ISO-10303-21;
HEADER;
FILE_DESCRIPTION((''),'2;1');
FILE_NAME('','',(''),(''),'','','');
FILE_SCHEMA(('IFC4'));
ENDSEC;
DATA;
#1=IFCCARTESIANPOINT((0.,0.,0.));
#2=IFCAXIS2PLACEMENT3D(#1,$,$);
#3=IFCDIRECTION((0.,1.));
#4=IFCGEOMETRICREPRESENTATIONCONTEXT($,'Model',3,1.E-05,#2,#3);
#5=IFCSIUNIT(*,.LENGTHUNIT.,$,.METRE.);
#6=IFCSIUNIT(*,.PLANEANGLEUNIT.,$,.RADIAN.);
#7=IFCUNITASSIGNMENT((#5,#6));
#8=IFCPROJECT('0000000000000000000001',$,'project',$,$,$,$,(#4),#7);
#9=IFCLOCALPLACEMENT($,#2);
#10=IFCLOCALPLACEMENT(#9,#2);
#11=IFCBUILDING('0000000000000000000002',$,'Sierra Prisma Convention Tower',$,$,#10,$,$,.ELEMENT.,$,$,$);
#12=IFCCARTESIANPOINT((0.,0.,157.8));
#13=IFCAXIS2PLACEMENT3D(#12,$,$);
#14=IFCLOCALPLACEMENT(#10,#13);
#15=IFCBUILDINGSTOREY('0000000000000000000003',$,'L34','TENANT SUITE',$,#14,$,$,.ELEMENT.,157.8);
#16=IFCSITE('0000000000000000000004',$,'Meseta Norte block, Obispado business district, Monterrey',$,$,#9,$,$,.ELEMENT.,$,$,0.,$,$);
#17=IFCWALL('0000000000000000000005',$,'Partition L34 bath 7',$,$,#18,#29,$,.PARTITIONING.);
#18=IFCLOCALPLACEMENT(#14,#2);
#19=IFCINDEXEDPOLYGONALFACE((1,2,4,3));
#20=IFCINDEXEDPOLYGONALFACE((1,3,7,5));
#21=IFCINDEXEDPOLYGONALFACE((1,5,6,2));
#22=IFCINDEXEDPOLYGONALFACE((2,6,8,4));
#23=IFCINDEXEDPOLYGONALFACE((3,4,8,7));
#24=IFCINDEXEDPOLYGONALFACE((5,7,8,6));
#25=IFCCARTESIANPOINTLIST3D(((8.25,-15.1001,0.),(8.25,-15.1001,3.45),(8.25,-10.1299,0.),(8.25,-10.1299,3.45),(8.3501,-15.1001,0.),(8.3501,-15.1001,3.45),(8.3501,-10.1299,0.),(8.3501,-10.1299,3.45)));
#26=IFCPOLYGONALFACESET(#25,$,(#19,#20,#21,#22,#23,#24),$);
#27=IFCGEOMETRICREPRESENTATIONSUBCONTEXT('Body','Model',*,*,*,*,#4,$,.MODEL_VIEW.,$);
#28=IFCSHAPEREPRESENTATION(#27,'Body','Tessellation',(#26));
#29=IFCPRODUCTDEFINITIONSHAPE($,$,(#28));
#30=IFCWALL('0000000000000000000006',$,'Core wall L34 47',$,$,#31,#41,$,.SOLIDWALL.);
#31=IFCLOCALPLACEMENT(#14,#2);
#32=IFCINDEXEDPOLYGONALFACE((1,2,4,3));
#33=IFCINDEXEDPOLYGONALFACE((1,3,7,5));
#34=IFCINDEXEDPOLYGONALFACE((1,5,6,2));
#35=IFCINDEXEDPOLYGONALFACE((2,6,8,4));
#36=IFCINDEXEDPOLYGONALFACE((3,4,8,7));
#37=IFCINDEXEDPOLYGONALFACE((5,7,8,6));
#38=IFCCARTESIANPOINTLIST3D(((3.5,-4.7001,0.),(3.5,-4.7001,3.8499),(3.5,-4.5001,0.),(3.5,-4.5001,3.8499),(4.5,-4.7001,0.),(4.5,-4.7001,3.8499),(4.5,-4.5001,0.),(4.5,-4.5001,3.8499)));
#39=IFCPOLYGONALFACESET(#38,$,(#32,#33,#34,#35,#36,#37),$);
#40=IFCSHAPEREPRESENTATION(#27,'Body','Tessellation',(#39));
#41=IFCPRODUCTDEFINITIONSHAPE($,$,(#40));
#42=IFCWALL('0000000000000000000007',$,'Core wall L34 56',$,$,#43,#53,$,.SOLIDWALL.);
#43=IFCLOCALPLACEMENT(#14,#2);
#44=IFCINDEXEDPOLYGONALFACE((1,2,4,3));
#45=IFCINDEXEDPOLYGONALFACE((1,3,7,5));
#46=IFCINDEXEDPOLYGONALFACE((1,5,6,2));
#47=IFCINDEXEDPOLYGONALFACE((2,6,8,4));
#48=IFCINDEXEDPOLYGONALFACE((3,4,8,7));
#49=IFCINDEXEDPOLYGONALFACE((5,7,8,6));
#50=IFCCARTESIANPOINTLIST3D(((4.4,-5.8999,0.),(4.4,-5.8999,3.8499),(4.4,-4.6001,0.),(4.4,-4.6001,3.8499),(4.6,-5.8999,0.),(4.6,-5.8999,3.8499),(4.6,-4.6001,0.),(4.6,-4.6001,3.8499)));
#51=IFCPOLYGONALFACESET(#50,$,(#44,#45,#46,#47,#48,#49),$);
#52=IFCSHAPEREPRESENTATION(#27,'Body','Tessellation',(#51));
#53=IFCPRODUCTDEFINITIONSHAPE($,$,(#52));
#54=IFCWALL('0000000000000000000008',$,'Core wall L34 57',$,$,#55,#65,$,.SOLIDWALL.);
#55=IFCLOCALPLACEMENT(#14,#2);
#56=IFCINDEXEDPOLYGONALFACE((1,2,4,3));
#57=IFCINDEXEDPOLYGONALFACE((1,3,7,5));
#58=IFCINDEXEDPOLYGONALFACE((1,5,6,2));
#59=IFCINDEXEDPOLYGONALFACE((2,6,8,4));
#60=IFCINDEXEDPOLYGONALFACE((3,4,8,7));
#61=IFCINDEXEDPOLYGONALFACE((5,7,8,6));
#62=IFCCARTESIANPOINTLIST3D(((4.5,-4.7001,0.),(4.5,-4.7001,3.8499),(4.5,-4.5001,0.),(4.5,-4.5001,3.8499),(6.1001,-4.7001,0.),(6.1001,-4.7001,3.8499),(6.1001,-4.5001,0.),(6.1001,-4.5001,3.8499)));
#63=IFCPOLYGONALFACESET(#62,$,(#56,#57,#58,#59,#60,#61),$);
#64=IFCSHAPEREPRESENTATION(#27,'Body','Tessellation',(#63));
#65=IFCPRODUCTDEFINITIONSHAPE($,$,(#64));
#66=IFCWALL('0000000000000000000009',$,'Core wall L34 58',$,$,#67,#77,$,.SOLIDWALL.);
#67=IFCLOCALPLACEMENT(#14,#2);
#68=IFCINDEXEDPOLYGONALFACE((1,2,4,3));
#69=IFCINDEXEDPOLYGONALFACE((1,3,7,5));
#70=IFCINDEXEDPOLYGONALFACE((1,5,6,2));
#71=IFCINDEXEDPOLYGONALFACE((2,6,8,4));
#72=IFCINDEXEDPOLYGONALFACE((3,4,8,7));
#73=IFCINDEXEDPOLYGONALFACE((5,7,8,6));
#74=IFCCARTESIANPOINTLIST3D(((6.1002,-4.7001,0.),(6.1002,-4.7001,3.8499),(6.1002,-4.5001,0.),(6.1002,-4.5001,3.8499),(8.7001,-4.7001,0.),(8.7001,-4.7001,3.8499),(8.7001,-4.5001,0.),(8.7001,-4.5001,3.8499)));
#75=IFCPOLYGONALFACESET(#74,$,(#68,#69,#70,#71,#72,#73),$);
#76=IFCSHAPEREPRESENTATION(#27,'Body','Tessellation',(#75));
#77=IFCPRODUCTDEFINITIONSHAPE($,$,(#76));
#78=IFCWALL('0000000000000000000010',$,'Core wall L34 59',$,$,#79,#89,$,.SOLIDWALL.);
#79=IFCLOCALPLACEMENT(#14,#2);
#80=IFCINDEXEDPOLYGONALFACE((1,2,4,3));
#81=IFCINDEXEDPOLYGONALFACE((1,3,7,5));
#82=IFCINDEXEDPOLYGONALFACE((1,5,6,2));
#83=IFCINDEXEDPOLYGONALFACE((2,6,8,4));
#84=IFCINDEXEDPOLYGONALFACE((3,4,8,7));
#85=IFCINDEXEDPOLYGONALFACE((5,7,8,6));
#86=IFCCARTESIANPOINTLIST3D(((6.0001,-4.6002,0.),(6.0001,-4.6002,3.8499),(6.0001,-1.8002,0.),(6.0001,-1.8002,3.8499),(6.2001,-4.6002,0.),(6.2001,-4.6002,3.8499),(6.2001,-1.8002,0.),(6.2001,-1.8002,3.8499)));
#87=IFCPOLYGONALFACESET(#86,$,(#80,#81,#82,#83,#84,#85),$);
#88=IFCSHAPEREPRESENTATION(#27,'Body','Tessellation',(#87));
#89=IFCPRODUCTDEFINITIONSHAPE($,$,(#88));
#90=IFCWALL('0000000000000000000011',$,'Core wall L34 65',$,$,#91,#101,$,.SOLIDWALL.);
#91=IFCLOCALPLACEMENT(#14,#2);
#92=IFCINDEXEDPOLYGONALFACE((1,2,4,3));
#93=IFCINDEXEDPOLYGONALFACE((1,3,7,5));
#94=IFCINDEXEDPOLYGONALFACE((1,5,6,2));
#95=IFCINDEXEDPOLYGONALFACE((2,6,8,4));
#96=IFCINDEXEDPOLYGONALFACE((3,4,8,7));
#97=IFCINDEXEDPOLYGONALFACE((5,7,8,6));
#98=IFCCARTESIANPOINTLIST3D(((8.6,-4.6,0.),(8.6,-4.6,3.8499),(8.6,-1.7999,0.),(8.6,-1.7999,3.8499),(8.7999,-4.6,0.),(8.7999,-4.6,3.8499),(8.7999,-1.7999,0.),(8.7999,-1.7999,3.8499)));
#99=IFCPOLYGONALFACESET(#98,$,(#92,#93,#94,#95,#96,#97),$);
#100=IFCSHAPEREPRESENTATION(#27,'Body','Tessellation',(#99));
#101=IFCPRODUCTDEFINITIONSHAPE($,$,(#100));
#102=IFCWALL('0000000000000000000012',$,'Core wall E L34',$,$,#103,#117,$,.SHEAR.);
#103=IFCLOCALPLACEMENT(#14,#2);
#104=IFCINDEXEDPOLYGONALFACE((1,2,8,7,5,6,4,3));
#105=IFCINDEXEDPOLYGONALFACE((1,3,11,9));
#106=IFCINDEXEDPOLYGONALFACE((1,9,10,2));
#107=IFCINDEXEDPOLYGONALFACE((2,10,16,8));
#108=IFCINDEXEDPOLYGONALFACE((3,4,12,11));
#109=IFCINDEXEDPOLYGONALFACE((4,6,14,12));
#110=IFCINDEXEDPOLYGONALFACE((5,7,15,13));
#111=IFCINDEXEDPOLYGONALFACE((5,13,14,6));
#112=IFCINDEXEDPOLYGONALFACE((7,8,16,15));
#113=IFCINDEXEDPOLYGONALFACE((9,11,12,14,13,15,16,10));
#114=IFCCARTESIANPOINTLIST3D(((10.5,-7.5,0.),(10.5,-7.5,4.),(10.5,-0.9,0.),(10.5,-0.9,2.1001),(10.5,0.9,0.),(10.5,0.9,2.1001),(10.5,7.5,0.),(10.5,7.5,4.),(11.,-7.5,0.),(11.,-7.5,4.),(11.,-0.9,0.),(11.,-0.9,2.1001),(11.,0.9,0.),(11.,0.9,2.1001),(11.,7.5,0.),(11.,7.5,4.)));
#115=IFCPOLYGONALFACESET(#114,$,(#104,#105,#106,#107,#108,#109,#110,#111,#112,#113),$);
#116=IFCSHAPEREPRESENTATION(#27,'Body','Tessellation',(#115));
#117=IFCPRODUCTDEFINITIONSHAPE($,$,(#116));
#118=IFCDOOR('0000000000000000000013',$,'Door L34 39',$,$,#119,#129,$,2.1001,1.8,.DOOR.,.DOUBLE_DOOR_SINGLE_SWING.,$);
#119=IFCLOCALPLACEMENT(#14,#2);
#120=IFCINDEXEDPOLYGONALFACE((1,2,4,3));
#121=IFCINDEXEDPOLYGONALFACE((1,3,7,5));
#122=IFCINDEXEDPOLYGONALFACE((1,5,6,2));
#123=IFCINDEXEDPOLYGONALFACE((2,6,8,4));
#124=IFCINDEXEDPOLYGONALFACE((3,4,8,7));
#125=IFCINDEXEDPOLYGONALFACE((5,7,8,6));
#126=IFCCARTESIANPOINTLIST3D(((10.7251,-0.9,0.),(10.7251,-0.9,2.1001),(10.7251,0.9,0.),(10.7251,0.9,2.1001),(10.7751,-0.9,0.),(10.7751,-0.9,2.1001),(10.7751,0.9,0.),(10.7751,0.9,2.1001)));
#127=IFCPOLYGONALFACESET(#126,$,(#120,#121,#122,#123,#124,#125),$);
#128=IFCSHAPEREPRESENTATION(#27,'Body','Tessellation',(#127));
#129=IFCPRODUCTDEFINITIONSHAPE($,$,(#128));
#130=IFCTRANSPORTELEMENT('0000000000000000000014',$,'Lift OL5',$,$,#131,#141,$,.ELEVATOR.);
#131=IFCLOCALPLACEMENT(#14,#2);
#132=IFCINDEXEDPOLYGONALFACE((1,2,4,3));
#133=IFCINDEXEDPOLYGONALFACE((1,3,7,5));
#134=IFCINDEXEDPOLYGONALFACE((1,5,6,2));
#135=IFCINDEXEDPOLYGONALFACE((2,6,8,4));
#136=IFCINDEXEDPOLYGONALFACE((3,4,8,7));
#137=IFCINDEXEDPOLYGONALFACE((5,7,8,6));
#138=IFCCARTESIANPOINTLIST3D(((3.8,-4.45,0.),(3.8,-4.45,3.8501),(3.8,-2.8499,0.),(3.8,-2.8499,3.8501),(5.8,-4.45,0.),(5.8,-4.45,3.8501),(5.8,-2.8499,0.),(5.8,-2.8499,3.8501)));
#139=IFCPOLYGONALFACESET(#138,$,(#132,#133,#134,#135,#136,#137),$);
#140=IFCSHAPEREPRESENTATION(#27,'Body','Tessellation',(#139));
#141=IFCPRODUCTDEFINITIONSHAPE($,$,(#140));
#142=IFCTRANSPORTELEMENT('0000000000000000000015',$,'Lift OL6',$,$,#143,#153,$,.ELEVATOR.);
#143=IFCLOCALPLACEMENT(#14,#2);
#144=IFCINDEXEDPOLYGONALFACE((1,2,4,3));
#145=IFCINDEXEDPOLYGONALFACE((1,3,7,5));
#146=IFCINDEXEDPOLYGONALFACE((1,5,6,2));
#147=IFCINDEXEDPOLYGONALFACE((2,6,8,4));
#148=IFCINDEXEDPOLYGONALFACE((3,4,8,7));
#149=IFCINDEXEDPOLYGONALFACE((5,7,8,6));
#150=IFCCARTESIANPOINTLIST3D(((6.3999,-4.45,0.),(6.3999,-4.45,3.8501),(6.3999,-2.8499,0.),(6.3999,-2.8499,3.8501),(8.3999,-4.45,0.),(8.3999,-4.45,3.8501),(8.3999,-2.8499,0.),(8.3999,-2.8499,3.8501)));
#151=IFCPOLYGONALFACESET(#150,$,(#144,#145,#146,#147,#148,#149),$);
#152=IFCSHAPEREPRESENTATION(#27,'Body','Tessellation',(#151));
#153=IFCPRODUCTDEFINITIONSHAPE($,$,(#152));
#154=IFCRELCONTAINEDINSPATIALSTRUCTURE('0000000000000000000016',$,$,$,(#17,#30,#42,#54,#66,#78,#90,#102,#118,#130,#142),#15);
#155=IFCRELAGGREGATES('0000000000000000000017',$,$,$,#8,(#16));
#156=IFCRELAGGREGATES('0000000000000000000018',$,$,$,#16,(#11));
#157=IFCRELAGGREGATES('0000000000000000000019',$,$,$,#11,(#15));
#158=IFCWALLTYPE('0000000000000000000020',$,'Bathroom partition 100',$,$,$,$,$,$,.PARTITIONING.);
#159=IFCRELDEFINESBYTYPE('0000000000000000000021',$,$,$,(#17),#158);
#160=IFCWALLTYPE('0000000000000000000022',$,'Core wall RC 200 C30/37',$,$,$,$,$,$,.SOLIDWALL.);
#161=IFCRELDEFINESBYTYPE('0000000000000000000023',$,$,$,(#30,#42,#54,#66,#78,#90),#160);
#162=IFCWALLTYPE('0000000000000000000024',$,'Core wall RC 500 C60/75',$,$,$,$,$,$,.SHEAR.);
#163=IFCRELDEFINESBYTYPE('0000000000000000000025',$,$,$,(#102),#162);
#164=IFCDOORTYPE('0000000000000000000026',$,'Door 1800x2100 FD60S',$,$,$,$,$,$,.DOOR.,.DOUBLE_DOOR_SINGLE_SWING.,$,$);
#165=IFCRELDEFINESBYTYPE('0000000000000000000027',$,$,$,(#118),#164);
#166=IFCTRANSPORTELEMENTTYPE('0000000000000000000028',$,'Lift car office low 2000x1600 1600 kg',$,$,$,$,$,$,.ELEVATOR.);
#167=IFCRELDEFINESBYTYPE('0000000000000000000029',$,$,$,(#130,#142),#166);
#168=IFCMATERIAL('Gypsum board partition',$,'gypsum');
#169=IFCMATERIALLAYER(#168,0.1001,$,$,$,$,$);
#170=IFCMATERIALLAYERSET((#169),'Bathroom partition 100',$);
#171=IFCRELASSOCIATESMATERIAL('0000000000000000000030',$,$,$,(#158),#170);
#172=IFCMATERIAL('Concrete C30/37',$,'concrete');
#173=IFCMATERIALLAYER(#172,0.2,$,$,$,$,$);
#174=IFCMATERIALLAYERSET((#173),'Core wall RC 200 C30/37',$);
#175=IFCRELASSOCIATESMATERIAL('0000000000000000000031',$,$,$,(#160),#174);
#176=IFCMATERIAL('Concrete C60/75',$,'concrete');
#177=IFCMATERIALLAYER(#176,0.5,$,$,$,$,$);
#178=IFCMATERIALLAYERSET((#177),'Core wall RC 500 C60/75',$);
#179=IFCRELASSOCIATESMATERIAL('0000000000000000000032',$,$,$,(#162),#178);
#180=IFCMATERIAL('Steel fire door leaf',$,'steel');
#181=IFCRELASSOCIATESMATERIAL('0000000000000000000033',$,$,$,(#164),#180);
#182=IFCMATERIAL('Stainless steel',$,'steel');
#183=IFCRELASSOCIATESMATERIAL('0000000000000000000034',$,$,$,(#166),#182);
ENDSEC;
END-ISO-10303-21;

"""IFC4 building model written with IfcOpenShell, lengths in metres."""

from ifc_helpers import new_model, si_unit, direction, frame, frame_2d, origin, origin_2d, place, context, subcontext, project, spatial, rectangle, extrude, material, layer, layer_set, type_object, element, fill, save


model = new_model("IFC4")

# Units and contexts
model_context = context("Model", 3, precision=1e-05, world=origin(), true_north=direction((0.0, 1.0)))
body_context = subcontext(model_context, "Body", "Model", "MODEL_VIEW")
ifc_project = project(units=[si_unit("LENGTHUNIT", "METRE"), si_unit("PLANEANGLEUNIT", "RADIAN")], contexts=[model_context])

# Site, building, storey
site_placement = place(None, origin())
site = spatial("IfcSite", under=ifc_project, at=site_placement, Name="Meseta Norte block, Obispado business district, Monterrey", CompositionType="ELEMENT", RefElevation=0.0)
building_placement = place(site_placement, origin())
building = spatial("IfcBuilding", under=site, at=building_placement, Name="Sierra Prisma Convention Tower", CompositionType="ELEMENT")
storey_placement = place(building_placement, frame((0.0, 0.0, 157.8)))
storey = spatial("IfcBuildingStorey", under=building, at=storey_placement, Name="L34", Description="TENANT SUITE", CompositionType="ELEMENT", Elevation=157.8)

# Walls
ifc_material_1 = material(Name="Gypsum board partition", Category="gypsum")
ifc_layer_1 = layer(ifc_material_1, 0.1001)
ifc_layer_set_1 = layer_set([ifc_layer_1], Name="Bathroom partition 100")
wall_type_1 = type_object("IfcWallType", Name="Bathroom partition 100", PredefinedType="PARTITIONING", material=ifc_layer_set_1)
wall_1_placement = place(storey_placement, frame((8.3, -10.1299, 0.0), z_axis=(0.0, 0.0, 1.0), x_axis=(0.0, -1.0, 0.0)))
element("IfcWall", 1, at=wall_1_placement, inside=storey, type_object=wall_type_1, Name="Partition L34 bath 7", PredefinedType="PARTITIONING", context=body_context, shape_type="SweptSolid", body=[
    extrude(rectangle(XDim=4.9702, YDim=0.1001, at=frame_2d((2.4851, 0.0))), origin(), (0.0, 0.0, 1.0), 3.45),
])
ifc_material_2 = material(Name="Concrete C30/37", Category="concrete")
ifc_layer_2 = layer(ifc_material_2, 0.2)
ifc_layer_set_2 = layer_set([ifc_layer_2], Name="Core wall RC 200 C30/37")
wall_type_2 = type_object("IfcWallType", Name="Core wall RC 200 C30/37", PredefinedType="SOLIDWALL", material=ifc_layer_set_2)
wall_2_placement = place(storey_placement, frame((4.5, -4.6001, 0.0), z_axis=(0.0, 0.0, 1.0), x_axis=(-1.0, 0.0, 0.0)))
element("IfcWall", 2, at=wall_2_placement, inside=storey, type_object=wall_type_2, Name="Core wall L34 47", PredefinedType="SOLIDWALL", context=body_context, shape_type="SweptSolid", body=[
    extrude(rectangle(XDim=1.0, YDim=0.2, at=frame_2d((0.5, 0.0))), origin(), (0.0, 0.0, 1.0), 3.8499),
])
wall_3_placement = place(storey_placement, frame((4.5, -4.6001, 0.0), z_axis=(0.0, 0.0, 1.0), x_axis=(0.0, -1.0, 0.0)))
element("IfcWall", 3, at=wall_3_placement, inside=storey, type_object=wall_type_2, Name="Core wall L34 56", PredefinedType="SOLIDWALL", context=body_context, shape_type="SweptSolid", body=[
    extrude(rectangle(XDim=1.2998, YDim=0.2, at=frame_2d((0.6499, 0.0))), origin(), (0.0, 0.0, 1.0), 3.8499),
])
wall_4_placement = place(storey_placement, frame((6.1001, -4.6001, 0.0), z_axis=(0.0, 0.0, 1.0), x_axis=(-1.0, 0.0, 0.0)))
element("IfcWall", 4, at=wall_4_placement, inside=storey, type_object=wall_type_2, Name="Core wall L34 57", PredefinedType="SOLIDWALL", context=body_context, shape_type="SweptSolid", body=[
    extrude(rectangle(XDim=1.6001, YDim=0.2, at=frame_2d((0.8, 0.0))), origin(), (0.0, 0.0, 1.0), 3.8499),
])
wall_5_placement = place(storey_placement, frame((8.7, -4.6001, 0.0), z_axis=(0.0, 0.0, 1.0), x_axis=(-1.0, 0.0, 0.0)))
element("IfcWall", 5, at=wall_5_placement, inside=storey, type_object=wall_type_2, Name="Core wall L34 58", PredefinedType="SOLIDWALL", context=body_context, shape_type="SweptSolid", body=[
    extrude(rectangle(XDim=2.5999, YDim=0.2, at=frame_2d((1.2998, 0.0))), origin(), (0.0, 0.0, 1.0), 3.8499),
])
wall_6_placement = place(storey_placement, frame((6.1001, -4.6001, 0.0), z_axis=(0.0, 0.0, 1.0), x_axis=(0.0, 1.0, 0.0)))
element("IfcWall", 6, at=wall_6_placement, inside=storey, type_object=wall_type_2, Name="Core wall L34 59", PredefinedType="SOLIDWALL", context=body_context, shape_type="SweptSolid", body=[
    extrude(rectangle(XDim=2.8, YDim=0.2, at=frame_2d((1.3999, 0.0))), origin(), (0.0, 0.0, 1.0), 3.8499),
])

# Wall
wall_7_placement = place(storey_placement, frame((8.7, -1.8, 0.0), z_axis=(0.0, 0.0, 1.0), x_axis=(0.0, -1.0, 0.0)))
element("IfcWall", 7, at=wall_7_placement, inside=storey, type_object=wall_type_2, Name="Core wall L34 65", PredefinedType="SOLIDWALL", context=body_context, shape_type="SweptSolid", body=[
    extrude(rectangle(XDim=2.8, YDim=0.2, at=frame_2d((1.3999, 0.0))), origin(), (0.0, 0.0, 1.0), 3.8499),
])

# Wall, opening, door
ifc_material_3 = material(Name="Concrete C60/75", Category="concrete")
ifc_layer_3 = layer(ifc_material_3, 0.5)
ifc_layer_set_3 = layer_set([ifc_layer_3], Name="Core wall RC 500 C60/75")
wall_type_3 = type_object("IfcWallType", Name="Core wall RC 500 C60/75", PredefinedType="SHEAR", material=ifc_layer_set_3)
wall_8_placement = place(storey_placement, frame((10.75, -7.5, 0.0), z_axis=(0.0, 0.0, 1.0), x_axis=(0.0, 1.0, 0.0)))
wall_8 = element("IfcWall", 8, at=wall_8_placement, inside=storey, type_object=wall_type_3, Name="Core wall E L34", PredefinedType="SHEAR", context=body_context, shape_type="SweptSolid", body=[
    extrude(rectangle(XDim=15.0, YDim=0.5, at=frame_2d((7.5, 0.0))), origin(), (0.0, 0.0, 1.0), 4.0),
])
opening_1_placement = place(wall_8_placement, frame((6.6001, 0.0, 0.0)))
opening_1 = element("IfcOpeningElement", 9, at=opening_1_placement, cuts=wall_8, PredefinedType="OPENING", context=body_context, shape_type="SweptSolid", body=[
    extrude(rectangle(XDim=1.8, YDim=2.1001, at=frame_2d((0.8999, 1.05))), frame((0.0, 0.25, 0.0), z_axis=(0.0, -1.0, 0.0), x_axis=(1.0, 0.0, 0.0)), (0.0, 0.0, 1.0), 0.5),
])
ifc_material_4 = material(Name="Steel fire door leaf", Category="steel")
door_type_1 = type_object("IfcDoorType", Name="Door 1800x2100 FD60S", OperationType="DOUBLE_DOOR_SINGLE_SWING", PredefinedType="DOOR", material=ifc_material_4)
door_1_placement = place(opening_1_placement, origin())
door_1 = element("IfcDoor", 10, at=door_1_placement, inside=storey, type_object=door_type_1, Name="Door L34 39", OperationType="DOUBLE_DOOR_SINGLE_SWING", OverallHeight=2.1001, OverallWidth=1.8, PredefinedType="DOOR", context=body_context, shape_type="SweptSolid", body=[
    extrude(rectangle(XDim=1.8, YDim=2.1001, at=frame_2d((0.8999, 1.05))), frame((0.0, 0.0249, 0.0), z_axis=(0.0, -1.0, 0.0), x_axis=(1.0, 0.0, 0.0)), (0.0, 0.0, 1.0), 0.05),
])
fill(opening_1, door_1)

# Transport elements
ifc_material_5 = material(Name="Stainless steel", Category="steel")
transport_element_type = type_object("IfcTransportElementType", Name="Lift car office low 2000x1600 1600 kg", PredefinedType="ELEVATOR", material=ifc_material_5)
for number, where, z_axis, x_axis, name in (
    (11, (4.8, -3.6499, 0.0), (0.0, 0.0, 1.0), (1.0, 0.0, 0.0), "Lift OL5"),
    (12, (7.3999, -3.6499, 0.0), (0.0, 0.0, 1.0), (1.0, 0.0, 0.0), "Lift OL6"),
):
    element("IfcTransportElement", number, at=place(storey_placement, frame(where, z_axis=z_axis, x_axis=x_axis)), inside=storey, type_object=transport_element_type, Name=name, PredefinedType="ELEVATOR", context=body_context, shape_type="SweptSolid", body=[
        extrude(rectangle(XDim=2.0, YDim=1.6001, at=origin_2d()), origin(), (0.0, 0.0, 1.0), 3.8501),
    ])

save(model, "model.ifc")
